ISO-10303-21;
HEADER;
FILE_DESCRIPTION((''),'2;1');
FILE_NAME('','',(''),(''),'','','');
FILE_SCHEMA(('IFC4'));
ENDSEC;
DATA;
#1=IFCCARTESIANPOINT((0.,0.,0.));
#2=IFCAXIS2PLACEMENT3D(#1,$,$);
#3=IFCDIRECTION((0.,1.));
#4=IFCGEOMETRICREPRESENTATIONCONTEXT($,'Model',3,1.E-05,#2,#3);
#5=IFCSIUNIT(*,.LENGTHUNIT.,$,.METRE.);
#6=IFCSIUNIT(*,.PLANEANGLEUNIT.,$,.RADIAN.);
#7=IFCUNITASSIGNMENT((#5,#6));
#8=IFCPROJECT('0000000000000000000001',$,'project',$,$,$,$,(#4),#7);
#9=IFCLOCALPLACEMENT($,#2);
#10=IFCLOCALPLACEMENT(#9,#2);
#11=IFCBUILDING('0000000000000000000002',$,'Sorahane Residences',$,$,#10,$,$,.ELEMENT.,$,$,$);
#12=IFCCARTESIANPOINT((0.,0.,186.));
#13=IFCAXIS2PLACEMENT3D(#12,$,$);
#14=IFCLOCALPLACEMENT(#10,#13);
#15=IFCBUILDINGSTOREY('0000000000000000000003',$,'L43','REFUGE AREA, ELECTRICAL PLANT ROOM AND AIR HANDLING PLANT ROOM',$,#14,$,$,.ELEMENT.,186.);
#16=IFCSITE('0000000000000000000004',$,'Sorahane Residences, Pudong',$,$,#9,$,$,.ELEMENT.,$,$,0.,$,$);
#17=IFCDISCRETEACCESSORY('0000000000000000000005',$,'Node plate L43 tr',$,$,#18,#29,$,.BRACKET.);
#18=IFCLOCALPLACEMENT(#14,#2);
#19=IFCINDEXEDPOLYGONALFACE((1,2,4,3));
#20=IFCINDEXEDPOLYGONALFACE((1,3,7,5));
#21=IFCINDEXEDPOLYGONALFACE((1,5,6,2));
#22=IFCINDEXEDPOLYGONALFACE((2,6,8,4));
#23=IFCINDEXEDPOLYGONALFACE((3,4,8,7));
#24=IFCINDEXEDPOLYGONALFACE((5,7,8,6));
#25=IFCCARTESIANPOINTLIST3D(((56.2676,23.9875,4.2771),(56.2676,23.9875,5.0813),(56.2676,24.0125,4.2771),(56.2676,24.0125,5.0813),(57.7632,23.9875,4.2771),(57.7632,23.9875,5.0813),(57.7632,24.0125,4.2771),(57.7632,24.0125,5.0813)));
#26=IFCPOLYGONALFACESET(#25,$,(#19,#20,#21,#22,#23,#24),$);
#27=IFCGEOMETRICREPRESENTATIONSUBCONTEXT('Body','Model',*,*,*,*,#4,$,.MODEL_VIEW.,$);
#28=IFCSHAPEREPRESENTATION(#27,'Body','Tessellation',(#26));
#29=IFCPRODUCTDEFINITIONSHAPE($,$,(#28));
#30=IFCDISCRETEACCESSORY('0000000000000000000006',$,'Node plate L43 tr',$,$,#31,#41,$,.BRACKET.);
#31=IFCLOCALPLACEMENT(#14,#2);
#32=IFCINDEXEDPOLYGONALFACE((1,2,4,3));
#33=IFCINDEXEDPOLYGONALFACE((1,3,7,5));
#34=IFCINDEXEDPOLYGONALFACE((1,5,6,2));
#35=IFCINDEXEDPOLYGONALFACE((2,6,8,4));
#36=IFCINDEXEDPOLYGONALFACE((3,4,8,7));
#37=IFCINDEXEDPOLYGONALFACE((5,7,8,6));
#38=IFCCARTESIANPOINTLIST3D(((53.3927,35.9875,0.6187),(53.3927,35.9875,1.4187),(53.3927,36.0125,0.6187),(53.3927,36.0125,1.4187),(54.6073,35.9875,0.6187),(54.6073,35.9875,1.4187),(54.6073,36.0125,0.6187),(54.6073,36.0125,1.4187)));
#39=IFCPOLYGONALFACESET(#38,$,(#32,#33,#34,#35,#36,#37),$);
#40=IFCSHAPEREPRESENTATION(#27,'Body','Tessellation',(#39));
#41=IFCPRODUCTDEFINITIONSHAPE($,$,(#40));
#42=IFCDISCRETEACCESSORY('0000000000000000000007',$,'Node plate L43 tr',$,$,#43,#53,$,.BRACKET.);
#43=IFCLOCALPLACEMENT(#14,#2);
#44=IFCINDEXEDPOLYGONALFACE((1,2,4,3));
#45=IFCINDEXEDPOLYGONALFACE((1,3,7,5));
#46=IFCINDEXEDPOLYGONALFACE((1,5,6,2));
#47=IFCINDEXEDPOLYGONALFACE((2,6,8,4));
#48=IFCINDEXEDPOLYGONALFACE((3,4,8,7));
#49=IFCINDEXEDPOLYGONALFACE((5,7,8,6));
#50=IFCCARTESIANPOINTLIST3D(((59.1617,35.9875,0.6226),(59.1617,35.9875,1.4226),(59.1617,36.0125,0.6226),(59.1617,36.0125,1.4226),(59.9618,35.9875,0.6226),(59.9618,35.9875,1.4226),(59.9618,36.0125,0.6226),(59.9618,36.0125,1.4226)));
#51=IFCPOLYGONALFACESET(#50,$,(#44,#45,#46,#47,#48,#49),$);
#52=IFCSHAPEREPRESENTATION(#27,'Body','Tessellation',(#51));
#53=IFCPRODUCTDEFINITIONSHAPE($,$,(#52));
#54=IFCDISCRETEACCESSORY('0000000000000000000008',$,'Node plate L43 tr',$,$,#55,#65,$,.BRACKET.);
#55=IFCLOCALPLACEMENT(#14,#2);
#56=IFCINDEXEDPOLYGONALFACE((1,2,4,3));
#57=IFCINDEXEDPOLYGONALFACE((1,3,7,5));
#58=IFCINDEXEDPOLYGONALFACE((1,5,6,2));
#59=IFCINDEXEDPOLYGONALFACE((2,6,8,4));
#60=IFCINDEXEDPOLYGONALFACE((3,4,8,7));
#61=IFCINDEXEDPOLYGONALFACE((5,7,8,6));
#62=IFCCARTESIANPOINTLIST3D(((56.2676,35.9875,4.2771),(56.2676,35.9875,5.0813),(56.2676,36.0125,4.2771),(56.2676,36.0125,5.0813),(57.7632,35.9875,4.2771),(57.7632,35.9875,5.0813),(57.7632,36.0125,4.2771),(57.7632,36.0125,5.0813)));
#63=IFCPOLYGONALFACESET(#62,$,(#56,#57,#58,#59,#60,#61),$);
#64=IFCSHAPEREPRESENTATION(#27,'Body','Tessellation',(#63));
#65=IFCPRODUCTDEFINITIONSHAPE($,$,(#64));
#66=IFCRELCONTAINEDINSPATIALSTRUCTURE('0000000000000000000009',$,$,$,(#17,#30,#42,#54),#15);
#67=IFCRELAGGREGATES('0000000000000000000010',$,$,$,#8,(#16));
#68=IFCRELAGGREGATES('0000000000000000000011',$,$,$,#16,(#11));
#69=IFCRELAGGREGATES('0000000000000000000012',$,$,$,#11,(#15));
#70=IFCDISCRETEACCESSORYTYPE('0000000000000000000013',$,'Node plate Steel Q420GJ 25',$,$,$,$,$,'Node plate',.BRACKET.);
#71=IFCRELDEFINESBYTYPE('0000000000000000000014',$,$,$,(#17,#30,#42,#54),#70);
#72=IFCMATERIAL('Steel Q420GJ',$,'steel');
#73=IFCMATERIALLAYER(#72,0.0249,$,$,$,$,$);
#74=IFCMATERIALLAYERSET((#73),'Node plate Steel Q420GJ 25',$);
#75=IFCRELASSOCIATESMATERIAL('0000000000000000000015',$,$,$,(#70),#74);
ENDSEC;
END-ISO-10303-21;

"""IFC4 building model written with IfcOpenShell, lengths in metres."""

from ifc_helpers import new_model, si_unit, direction, frame, origin, origin_2d, place, context, subcontext, project, spatial, rectangle, extrude, material, layer, layer_set, type_object, element, save


model = new_model("IFC4")

# Units and contexts
model_context = context("Model", 3, precision=1e-05, world=origin(), true_north=direction((0.0, 1.0)))
body_context = subcontext(model_context, "Body", "Model", "MODEL_VIEW")
ifc_project = project(units=[si_unit("LENGTHUNIT", "METRE"), si_unit("PLANEANGLEUNIT", "RADIAN")], contexts=[model_context])

# Site, building, storey
site_placement = place(None, origin())
site = spatial("IfcSite", under=ifc_project, at=site_placement, Name="Sorahane Residences, Pudong", CompositionType="ELEMENT", RefElevation=0.0)
building_placement = place(site_placement, origin())
building = spatial("IfcBuilding", under=site, at=building_placement, Name="Sorahane Residences", CompositionType="ELEMENT")
storey_placement = place(building_placement, frame((0.0, 0.0, 186.0)))
storey = spatial("IfcBuildingStorey", under=building, at=storey_placement, Name="L43", Description="REFUGE AREA, ELECTRICAL PLANT ROOM AND AIR HANDLING PLANT ROOM", CompositionType="ELEMENT", Elevation=186.0)

# Discrete accessories
ifc_material_1 = material(Name="Steel Q420GJ", Category="steel")
ifc_layer_1 = layer(ifc_material_1, 0.0249)
ifc_layer_set_1 = layer_set([ifc_layer_1], Name="Node plate Steel Q420GJ 25")
discrete_accessory_type_1 = type_object("IfcDiscreteAccessoryType", Name="Node plate Steel Q420GJ 25", ElementType="Node plate", PredefinedType="BRACKET", material=ifc_layer_set_1)
discrete_accessory_1_placement = place(storey_placement, frame((57.0154, 24.0, 4.2771), z_axis=(0.0, 0.0, 1.0), x_axis=(1.0, 0.0, 0.0)))
element("IfcDiscreteAccessory", 1, at=discrete_accessory_1_placement, inside=storey, type_object=discrete_accessory_type_1, Name="Node plate L43 tr", PredefinedType="BRACKET", context=body_context, shape_type="SweptSolid", body=[
    extrude(rectangle(XDim=1.4956, YDim=0.0249, at=origin_2d()), origin(), (0.0, 0.0, 1.0), 0.8042),
])
discrete_accessory_2_placement = place(storey_placement, frame((54.0, 36.0, 0.6187), z_axis=(0.0, 0.0, 1.0), x_axis=(1.0, 0.0, 0.0)))
element("IfcDiscreteAccessory", 2, at=discrete_accessory_2_placement, inside=storey, type_object=discrete_accessory_type_1, Name="Node plate L43 tr", PredefinedType="BRACKET", context=body_context, shape_type="SweptSolid", body=[
    extrude(rectangle(XDim=1.2146, YDim=0.0249, at=origin_2d()), origin(), (0.0, 0.0, 1.0), 0.8),
])
discrete_accessory_3_placement = place(storey_placement, frame((59.5618, 36.0, 0.6226), z_axis=(0.0, 0.0, 1.0), x_axis=(1.0, 0.0, 0.0)))
element("IfcDiscreteAccessory", 3, at=discrete_accessory_3_placement, inside=storey, type_object=discrete_accessory_type_1, Name="Node plate L43 tr", PredefinedType="BRACKET", context=body_context, shape_type="SweptSolid", body=[
    extrude(rectangle(XDim=0.8, YDim=0.0249, at=origin_2d()), origin(), (0.0, 0.0, 1.0), 0.8),
])
discrete_accessory_4_placement = place(storey_placement, frame((57.0154, 36.0, 4.2771), z_axis=(0.0, 0.0, 1.0), x_axis=(1.0, 0.0, 0.0)))
element("IfcDiscreteAccessory", 4, at=discrete_accessory_4_placement, inside=storey, type_object=discrete_accessory_type_1, Name="Node plate L43 tr", PredefinedType="BRACKET", context=body_context, shape_type="SweptSolid", body=[
    extrude(rectangle(XDim=1.4956, YDim=0.0249, at=origin_2d()), origin(), (0.0, 0.0, 1.0), 0.8042),
])

save(model, "model.ifc")
